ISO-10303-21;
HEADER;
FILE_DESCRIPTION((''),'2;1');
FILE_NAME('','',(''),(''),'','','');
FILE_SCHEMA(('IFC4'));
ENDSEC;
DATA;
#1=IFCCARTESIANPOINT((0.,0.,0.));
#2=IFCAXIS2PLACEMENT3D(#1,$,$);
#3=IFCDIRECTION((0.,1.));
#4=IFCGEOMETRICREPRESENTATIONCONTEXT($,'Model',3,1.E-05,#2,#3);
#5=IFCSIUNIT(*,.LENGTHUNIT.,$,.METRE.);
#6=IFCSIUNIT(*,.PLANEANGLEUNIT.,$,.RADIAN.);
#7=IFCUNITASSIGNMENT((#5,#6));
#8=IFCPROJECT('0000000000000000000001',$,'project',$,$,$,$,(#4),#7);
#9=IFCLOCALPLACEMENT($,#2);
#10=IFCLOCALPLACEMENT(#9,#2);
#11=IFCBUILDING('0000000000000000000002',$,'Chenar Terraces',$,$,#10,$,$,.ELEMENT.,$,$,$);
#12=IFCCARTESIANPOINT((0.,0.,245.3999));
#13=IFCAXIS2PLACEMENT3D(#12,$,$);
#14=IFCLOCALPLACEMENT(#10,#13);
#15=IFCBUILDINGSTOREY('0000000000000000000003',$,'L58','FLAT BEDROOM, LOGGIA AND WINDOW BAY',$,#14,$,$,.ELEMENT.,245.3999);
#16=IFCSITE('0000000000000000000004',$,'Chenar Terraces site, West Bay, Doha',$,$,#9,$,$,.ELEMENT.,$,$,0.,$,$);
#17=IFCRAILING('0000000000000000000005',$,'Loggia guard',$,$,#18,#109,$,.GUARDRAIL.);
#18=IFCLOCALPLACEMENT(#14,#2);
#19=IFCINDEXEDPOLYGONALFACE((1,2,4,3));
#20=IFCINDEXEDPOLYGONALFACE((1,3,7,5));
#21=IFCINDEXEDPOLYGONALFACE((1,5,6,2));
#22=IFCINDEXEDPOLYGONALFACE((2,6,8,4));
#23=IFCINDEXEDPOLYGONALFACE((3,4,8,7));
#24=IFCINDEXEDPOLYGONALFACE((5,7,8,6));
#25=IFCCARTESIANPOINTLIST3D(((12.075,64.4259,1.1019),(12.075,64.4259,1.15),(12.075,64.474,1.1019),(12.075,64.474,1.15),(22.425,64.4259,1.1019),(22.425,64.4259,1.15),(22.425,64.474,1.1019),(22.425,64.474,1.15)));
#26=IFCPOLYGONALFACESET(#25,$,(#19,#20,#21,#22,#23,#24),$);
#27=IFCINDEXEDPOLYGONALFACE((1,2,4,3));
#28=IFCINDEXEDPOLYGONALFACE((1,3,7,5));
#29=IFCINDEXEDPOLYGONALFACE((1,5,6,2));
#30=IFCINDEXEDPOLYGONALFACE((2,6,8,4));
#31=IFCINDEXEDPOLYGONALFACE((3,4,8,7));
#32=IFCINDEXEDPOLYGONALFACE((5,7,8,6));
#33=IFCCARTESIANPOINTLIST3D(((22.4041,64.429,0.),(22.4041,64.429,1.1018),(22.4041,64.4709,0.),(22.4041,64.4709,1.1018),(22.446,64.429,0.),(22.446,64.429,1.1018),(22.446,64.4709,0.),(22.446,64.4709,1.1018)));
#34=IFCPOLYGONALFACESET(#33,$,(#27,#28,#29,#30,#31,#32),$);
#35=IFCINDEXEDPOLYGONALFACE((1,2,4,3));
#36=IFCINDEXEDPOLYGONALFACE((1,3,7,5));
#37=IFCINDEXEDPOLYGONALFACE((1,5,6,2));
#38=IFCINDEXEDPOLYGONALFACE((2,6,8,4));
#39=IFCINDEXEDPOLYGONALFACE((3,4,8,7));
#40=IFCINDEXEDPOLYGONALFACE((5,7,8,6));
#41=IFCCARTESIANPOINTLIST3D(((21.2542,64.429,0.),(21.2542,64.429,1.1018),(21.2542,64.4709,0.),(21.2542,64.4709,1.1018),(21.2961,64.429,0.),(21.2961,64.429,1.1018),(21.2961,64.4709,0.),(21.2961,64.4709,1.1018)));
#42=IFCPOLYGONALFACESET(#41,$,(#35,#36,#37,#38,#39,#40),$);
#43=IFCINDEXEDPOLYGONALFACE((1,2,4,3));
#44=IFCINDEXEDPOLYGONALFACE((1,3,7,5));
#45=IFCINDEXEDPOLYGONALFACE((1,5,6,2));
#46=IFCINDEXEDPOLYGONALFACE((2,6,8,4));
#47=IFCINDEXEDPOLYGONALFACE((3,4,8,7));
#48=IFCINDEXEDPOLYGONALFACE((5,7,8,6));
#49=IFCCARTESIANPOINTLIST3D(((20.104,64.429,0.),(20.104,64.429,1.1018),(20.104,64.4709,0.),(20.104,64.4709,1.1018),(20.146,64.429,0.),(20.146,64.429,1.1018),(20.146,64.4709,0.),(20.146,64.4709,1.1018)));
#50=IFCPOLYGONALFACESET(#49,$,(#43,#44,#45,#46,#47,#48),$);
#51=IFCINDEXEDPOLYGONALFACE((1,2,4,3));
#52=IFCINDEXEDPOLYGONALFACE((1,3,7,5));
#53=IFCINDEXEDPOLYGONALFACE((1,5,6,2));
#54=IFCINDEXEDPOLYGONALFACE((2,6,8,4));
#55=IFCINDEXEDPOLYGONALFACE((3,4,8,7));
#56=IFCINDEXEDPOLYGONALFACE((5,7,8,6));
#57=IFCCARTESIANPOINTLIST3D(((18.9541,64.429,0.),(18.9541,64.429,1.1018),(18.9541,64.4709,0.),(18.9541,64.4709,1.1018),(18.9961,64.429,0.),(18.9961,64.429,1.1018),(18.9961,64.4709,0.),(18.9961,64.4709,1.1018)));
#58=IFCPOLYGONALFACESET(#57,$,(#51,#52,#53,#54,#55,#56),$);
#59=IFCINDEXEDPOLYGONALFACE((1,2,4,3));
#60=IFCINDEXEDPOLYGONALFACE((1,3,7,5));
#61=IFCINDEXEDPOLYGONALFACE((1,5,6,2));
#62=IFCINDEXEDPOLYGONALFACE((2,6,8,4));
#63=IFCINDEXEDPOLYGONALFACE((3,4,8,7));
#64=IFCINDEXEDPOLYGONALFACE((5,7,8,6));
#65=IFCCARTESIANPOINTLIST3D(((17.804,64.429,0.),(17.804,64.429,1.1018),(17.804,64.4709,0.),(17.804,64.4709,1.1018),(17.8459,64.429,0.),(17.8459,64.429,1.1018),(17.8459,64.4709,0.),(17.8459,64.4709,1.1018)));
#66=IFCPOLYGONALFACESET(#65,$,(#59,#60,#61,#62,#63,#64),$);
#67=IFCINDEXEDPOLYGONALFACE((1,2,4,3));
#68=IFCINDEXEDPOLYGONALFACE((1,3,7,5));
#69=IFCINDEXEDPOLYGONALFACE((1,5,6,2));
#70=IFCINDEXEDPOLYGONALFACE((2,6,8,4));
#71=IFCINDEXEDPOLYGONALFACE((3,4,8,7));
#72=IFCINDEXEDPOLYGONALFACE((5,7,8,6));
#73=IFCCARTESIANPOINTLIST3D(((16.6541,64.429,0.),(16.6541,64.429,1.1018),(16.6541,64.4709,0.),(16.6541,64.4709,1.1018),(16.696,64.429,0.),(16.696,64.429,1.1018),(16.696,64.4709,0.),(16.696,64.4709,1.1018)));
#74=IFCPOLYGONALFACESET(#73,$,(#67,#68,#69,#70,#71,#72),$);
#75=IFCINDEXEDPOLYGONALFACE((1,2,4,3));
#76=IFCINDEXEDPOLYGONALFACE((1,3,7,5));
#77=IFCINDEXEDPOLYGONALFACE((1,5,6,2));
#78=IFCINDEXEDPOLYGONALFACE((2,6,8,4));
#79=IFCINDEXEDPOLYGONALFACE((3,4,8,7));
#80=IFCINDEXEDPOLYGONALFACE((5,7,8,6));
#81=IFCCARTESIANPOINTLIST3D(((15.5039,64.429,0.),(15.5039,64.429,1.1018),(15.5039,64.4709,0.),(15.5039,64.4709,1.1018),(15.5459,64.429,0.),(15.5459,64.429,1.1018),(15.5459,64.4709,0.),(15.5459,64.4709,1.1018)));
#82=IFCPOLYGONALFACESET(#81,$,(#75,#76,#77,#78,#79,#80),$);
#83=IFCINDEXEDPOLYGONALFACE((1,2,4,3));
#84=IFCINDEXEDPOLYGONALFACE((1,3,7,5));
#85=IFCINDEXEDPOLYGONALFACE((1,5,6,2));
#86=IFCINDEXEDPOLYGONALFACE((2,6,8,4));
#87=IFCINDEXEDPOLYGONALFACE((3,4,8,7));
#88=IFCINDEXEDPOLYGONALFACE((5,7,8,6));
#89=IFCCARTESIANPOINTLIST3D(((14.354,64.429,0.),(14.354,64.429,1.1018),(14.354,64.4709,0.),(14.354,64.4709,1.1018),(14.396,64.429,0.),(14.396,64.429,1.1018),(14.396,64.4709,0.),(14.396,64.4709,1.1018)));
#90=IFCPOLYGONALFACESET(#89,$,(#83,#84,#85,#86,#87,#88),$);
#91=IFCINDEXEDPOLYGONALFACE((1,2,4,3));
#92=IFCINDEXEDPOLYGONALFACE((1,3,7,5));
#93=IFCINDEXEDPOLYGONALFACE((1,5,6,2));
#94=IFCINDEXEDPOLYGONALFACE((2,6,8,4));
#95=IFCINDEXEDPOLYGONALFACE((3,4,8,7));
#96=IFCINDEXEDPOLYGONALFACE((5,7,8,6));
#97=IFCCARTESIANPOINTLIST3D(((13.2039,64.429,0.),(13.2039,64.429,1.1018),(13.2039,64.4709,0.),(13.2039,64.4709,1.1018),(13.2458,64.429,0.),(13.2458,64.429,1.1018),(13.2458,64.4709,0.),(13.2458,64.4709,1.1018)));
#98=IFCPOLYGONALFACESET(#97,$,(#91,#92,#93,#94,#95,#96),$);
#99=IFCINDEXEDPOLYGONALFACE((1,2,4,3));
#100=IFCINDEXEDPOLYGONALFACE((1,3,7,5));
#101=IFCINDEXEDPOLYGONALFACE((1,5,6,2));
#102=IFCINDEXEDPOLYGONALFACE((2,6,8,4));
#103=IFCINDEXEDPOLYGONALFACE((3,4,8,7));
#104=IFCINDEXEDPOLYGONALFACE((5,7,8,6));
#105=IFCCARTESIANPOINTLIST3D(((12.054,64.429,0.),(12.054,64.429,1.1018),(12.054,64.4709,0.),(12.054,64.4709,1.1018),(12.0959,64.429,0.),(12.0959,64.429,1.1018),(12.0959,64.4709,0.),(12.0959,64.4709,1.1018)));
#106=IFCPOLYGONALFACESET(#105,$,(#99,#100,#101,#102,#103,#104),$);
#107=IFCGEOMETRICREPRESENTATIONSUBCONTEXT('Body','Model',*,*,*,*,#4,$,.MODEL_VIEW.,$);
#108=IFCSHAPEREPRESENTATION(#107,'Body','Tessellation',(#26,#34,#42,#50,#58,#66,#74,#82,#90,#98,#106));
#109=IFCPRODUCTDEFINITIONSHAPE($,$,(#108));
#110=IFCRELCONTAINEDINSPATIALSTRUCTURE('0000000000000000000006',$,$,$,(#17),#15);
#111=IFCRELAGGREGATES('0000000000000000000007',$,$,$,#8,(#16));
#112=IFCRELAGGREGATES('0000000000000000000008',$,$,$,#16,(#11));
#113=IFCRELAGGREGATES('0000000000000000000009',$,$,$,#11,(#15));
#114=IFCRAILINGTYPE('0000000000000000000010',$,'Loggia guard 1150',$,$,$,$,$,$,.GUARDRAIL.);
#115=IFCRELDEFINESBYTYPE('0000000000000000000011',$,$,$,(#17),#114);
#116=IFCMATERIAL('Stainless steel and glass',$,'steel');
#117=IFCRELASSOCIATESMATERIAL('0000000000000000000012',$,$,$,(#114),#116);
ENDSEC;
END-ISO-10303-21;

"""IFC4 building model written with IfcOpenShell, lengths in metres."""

from ifc_helpers import new_model, si_unit, direction, frame, origin, origin_2d, place, context, subcontext, project, spatial, rectangle, extrude, material, type_object, element, save


model = new_model("IFC4")

# Units and contexts
model_context = context("Model", 3, precision=1e-05, world=origin(), true_north=direction((0.0, 1.0)))
body_context = subcontext(model_context, "Body", "Model", "MODEL_VIEW")
ifc_project = project(units=[si_unit("LENGTHUNIT", "METRE"), si_unit("PLANEANGLEUNIT", "RADIAN")], contexts=[model_context])

# Site, building, storey
site_placement = place(None, origin())
site = spatial("IfcSite", under=ifc_project, at=site_placement, Name="Chenar Terraces site, West Bay, Doha", CompositionType="ELEMENT", RefElevation=0.0)
building_placement = place(site_placement, origin())
building = spatial("IfcBuilding", under=site, at=building_placement, Name="Chenar Terraces", CompositionType="ELEMENT")
storey_placement = place(building_placement, frame((0.0, 0.0, 245.3999)))
storey = spatial("IfcBuildingStorey", under=building, at=storey_placement, Name="L58", Description="FLAT BEDROOM, LOGGIA AND WINDOW BAY", CompositionType="ELEMENT", Elevation=245.3999)

# Railing
ifc_material_1 = material(Name="Stainless steel and glass", Category="steel")
railing_type_1 = type_object("IfcRailingType", Name="Loggia guard 1150", PredefinedType="GUARDRAIL", material=ifc_material_1)
railing_1_placement = place(storey_placement, frame((22.425, 64.45, 0.0)))
element("IfcRailing", 1, at=railing_1_placement, inside=storey, type_object=railing_type_1, Name="Loggia guard", PredefinedType="GUARDRAIL", context=body_context, shape_type="SweptSolid", body=[
    extrude(rectangle(XDim=0.0481, YDim=0.0481, at=origin_2d()), frame((0.0, 0.0, 1.126), z_axis=(-1.0, 0.0, 0.0), x_axis=(0.0, -1.0, 0.0)), (0.0, 0.0, 1.0), 10.3501),
    extrude(rectangle(XDim=0.042, YDim=0.042, at=origin_2d()), origin(), (0.0, 0.0, 1.0), 1.1018),
    extrude(rectangle(XDim=0.042, YDim=0.042, at=origin_2d()), frame((-1.1499, 0.0, 0.0)), (0.0, 0.0, 1.0), 1.1018),
    extrude(rectangle(XDim=0.042, YDim=0.042, at=origin_2d()), frame((-2.3, 0.0, 0.0)), (0.0, 0.0, 1.0), 1.1018),
    extrude(rectangle(XDim=0.042, YDim=0.042, at=origin_2d()), frame((-3.45, 0.0, 0.0)), (0.0, 0.0, 1.0), 1.1018),
    extrude(rectangle(XDim=0.042, YDim=0.042, at=origin_2d()), frame((-4.6001, 0.0, 0.0)), (0.0, 0.0, 1.0), 1.1018),
    extrude(rectangle(XDim=0.042, YDim=0.042, at=origin_2d()), frame((-5.75, 0.0, 0.0)), (0.0, 0.0, 1.0), 1.1018),
    extrude(rectangle(XDim=0.042, YDim=0.042, at=origin_2d()), frame((-6.9001, 0.0, 0.0)), (0.0, 0.0, 1.0), 1.1018),
    extrude(rectangle(XDim=0.042, YDim=0.042, at=origin_2d()), frame((-8.05, 0.0, 0.0)), (0.0, 0.0, 1.0), 1.1018),
    extrude(rectangle(XDim=0.042, YDim=0.042, at=origin_2d()), frame((-9.2002, 0.0, 0.0)), (0.0, 0.0, 1.0), 1.1018),
    extrude(rectangle(XDim=0.042, YDim=0.042, at=origin_2d()), frame((-10.3501, 0.0, 0.0)), (0.0, 0.0, 1.0), 1.1018),
])

save(model, "model.ifc")
